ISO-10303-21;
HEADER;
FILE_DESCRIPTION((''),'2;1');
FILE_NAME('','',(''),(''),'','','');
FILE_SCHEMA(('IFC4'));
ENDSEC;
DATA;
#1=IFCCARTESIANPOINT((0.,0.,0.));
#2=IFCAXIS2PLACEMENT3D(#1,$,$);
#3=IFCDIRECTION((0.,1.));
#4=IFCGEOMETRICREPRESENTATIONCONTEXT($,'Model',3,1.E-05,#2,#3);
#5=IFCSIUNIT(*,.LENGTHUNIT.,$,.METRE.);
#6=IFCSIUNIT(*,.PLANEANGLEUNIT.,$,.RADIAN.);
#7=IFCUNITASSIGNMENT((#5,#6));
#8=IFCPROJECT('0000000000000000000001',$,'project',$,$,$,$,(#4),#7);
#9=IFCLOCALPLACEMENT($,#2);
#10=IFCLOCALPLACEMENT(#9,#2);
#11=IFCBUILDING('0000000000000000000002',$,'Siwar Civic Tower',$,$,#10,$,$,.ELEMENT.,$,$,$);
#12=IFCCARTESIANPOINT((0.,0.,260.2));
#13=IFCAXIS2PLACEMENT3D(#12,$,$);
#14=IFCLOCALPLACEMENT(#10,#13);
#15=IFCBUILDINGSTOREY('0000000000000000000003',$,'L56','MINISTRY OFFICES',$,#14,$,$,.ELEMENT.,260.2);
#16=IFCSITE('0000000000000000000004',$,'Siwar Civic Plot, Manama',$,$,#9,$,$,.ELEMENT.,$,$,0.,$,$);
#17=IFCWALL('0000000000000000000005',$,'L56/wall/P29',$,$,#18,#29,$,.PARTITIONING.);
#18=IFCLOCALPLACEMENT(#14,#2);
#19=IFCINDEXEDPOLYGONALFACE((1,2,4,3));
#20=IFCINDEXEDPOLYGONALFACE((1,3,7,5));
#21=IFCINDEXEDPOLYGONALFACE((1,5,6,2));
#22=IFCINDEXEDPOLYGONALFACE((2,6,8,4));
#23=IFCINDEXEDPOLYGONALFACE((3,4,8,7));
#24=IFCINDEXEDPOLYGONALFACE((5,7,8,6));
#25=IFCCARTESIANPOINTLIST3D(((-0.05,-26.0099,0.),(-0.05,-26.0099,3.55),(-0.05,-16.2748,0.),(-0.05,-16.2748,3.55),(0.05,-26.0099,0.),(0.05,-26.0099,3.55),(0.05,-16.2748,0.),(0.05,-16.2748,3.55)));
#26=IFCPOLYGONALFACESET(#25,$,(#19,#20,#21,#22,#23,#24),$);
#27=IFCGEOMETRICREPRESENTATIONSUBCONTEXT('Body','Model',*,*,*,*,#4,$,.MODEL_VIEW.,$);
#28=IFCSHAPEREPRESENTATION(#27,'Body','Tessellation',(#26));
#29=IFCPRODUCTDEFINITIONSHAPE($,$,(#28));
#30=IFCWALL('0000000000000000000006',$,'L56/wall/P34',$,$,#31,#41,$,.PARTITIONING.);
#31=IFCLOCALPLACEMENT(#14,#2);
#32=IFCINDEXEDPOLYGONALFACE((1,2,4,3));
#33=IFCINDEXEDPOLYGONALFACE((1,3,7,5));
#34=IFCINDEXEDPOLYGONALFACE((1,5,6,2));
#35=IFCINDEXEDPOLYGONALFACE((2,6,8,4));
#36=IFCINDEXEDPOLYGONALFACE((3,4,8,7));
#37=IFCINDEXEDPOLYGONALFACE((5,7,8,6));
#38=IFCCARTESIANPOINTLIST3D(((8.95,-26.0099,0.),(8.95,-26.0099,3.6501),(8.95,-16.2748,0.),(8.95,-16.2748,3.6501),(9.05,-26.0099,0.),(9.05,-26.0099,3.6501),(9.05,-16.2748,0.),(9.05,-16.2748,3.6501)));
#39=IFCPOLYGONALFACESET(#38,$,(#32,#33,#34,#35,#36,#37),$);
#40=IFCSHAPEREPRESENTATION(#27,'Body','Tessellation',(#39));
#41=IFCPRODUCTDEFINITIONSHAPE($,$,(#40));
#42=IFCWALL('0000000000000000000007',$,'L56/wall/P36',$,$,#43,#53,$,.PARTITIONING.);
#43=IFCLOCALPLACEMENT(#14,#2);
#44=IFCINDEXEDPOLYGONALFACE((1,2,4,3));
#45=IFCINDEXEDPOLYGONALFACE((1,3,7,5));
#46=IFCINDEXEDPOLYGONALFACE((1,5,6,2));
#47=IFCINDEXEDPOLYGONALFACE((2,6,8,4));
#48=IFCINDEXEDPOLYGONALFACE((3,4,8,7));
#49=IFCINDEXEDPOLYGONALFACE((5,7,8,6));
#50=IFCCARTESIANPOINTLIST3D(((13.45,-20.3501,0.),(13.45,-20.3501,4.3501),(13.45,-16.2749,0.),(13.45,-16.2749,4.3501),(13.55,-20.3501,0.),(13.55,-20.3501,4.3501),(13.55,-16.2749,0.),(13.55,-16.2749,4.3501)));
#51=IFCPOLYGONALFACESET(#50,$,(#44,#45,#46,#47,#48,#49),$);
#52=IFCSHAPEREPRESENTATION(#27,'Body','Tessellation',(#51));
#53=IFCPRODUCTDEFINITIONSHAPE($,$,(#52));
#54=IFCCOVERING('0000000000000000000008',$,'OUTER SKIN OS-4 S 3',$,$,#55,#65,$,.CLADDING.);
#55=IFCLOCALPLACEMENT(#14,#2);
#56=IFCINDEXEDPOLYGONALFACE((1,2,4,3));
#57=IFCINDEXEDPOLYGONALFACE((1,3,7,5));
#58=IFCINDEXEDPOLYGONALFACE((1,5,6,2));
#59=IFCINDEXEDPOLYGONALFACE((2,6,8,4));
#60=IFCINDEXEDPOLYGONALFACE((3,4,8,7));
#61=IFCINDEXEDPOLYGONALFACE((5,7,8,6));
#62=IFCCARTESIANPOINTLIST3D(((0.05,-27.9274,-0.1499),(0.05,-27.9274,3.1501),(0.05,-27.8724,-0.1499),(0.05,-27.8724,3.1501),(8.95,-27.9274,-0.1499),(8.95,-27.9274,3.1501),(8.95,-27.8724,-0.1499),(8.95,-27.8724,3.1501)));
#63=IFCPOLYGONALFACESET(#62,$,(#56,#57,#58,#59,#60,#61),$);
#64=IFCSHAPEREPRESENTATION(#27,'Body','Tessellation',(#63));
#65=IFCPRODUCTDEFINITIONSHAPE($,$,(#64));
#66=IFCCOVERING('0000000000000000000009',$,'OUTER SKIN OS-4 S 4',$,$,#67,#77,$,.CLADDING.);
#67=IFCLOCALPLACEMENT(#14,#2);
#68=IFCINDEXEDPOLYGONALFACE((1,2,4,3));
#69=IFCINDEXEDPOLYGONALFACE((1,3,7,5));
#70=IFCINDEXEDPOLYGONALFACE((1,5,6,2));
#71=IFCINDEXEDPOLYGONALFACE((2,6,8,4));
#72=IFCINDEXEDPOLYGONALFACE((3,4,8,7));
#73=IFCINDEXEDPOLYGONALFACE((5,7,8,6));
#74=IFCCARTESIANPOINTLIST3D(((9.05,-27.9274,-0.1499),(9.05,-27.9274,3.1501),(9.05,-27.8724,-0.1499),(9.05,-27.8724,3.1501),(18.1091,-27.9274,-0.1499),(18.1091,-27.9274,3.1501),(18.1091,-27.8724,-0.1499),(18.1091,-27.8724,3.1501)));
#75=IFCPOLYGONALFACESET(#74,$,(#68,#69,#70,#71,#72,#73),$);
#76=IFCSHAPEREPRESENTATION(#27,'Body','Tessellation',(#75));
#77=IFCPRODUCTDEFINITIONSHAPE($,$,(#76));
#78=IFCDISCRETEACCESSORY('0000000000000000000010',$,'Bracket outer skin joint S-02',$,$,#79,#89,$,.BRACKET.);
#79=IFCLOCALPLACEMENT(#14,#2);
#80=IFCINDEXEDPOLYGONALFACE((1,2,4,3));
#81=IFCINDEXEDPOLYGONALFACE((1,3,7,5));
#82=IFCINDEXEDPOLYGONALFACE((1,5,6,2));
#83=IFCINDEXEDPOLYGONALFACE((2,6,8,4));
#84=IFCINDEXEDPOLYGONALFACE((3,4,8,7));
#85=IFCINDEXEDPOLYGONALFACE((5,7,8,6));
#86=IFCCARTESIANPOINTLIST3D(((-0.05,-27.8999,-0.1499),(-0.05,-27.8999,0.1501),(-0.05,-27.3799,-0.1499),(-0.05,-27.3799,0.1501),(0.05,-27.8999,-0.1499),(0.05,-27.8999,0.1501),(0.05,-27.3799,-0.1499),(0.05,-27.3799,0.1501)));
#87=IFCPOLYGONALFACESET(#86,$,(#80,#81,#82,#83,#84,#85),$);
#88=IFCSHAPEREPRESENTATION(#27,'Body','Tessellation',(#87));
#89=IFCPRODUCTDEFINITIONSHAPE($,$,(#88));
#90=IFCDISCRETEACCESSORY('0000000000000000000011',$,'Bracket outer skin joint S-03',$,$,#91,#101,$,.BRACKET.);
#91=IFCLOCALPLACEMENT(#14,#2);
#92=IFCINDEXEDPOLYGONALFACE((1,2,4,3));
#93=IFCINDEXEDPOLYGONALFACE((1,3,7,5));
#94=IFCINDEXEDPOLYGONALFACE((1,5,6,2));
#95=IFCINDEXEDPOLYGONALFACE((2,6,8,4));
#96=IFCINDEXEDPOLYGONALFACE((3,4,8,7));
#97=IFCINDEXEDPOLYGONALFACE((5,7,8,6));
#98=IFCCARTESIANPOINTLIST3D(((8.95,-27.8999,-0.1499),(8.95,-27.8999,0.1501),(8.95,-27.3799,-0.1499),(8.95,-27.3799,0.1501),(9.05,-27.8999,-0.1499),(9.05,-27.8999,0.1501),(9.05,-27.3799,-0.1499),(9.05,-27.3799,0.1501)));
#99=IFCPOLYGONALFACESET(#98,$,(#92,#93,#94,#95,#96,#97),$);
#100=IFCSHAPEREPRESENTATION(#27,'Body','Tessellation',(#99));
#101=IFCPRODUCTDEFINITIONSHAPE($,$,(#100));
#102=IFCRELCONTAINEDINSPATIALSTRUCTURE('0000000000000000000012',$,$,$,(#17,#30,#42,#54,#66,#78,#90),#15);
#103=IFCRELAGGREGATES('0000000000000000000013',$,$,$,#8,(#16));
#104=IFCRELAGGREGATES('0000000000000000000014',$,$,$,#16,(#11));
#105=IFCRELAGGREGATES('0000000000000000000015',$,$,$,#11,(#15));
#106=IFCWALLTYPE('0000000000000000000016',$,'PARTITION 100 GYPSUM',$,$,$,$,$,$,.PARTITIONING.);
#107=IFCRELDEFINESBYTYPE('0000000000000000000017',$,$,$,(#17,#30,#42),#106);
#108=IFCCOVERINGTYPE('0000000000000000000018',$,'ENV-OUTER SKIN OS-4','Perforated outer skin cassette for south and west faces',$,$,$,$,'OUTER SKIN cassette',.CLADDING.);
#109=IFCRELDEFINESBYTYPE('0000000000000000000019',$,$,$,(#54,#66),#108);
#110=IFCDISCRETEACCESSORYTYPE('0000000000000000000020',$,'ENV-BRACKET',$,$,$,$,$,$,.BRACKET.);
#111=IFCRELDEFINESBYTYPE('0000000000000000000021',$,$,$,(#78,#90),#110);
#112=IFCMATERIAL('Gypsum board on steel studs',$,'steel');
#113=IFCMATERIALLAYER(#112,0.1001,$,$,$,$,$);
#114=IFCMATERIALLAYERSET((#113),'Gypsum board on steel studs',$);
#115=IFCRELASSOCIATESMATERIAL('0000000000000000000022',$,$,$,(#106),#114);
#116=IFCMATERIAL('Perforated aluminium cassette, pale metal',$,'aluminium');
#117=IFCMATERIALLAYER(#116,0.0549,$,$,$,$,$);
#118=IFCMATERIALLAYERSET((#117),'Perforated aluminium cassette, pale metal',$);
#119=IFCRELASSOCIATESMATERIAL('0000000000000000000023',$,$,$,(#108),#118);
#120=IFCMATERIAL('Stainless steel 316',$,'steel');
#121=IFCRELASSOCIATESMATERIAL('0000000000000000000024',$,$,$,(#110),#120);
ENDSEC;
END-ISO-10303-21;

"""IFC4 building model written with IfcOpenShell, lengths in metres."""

from ifc_helpers import new_model, si_unit, direction, frame, frame_2d, origin, origin_2d, place, context, subcontext, project, spatial, rectangle, extrude, material, layer, layer_set, type_object, element, save


model = new_model("IFC4")

# Units and contexts
model_context = context("Model", 3, precision=1e-05, world=origin(), true_north=direction((0.0, 1.0)))
body_context = subcontext(model_context, "Body", "Model", "MODEL_VIEW")
ifc_project = project(units=[si_unit("LENGTHUNIT", "METRE"), si_unit("PLANEANGLEUNIT", "RADIAN")], contexts=[model_context])

# Site, building, storey
site_placement = place(None, origin())
site = spatial("IfcSite", under=ifc_project, at=site_placement, Name="Siwar Civic Plot, Manama", CompositionType="ELEMENT", RefElevation=0.0)
building_placement = place(site_placement, origin())
building = spatial("IfcBuilding", under=site, at=building_placement, Name="Siwar Civic Tower", CompositionType="ELEMENT")
storey_placement = place(building_placement, frame((0.0, 0.0, 260.2)))
storey = spatial("IfcBuildingStorey", under=building, at=storey_placement, Name="L56", Description="MINISTRY OFFICES", CompositionType="ELEMENT", Elevation=260.2)

# Shared definitions
ifc_material_1 = material(Name="Gypsum board on steel studs", Category="steel")
ifc_layer_1 = layer(ifc_material_1, 0.1001)
ifc_layer_set_1 = layer_set([ifc_layer_1], Name="Gypsum board on steel studs")
wall_type_1 = type_object("IfcWallType", Name="PARTITION 100 GYPSUM", PredefinedType="PARTITIONING", material=ifc_layer_set_1)

# Walls
wall_1_placement = place(storey_placement, frame((0.0, -26.01, 0.0), z_axis=(0.0, 0.0, 1.0), x_axis=(0.0, 1.0, 0.0)))
element("IfcWall", 1, at=wall_1_placement, inside=storey, type_object=wall_type_1, Name="L56/wall/P29", PredefinedType="PARTITIONING", context=body_context, shape_type="SweptSolid", body=[
    extrude(rectangle(XDim=9.7351, YDim=0.1001, at=frame_2d((4.8677, 0.0))), origin(), (0.0, 0.0, 1.0), 3.55),
])
wall_2_placement = place(storey_placement, frame((9.0, -26.01, 0.0), z_axis=(0.0, 0.0, 1.0), x_axis=(0.0, 1.0, 0.0)))
element("IfcWall", 2, at=wall_2_placement, inside=storey, type_object=wall_type_1, Name="L56/wall/P34", PredefinedType="PARTITIONING", context=body_context, shape_type="SweptSolid", body=[
    extrude(rectangle(XDim=9.7351, YDim=0.1001, at=frame_2d((4.8677, 0.0))), origin(), (0.0, 0.0, 1.0), 3.6501),
])
wall_3_placement = place(storey_placement, frame((13.5, -20.3501, 0.0), z_axis=(0.0, 0.0, 1.0), x_axis=(0.0, 1.0, 0.0)))
element("IfcWall", 3, at=wall_3_placement, inside=storey, type_object=wall_type_1, Name="L56/wall/P36", PredefinedType="PARTITIONING", context=body_context, shape_type="SweptSolid", body=[
    extrude(rectangle(XDim=4.0752, YDim=0.1001, at=frame_2d((2.0376, 0.0))), origin(), (0.0, 0.0, 1.0), 4.3501),
])

# Coverings
ifc_material_2 = material(Name="Perforated aluminium cassette, pale metal", Category="aluminium")
ifc_layer_2 = layer(ifc_material_2, 0.0549)
ifc_layer_set_2 = layer_set([ifc_layer_2], Name="Perforated aluminium cassette, pale metal")
covering_type = type_object("IfcCoveringType", Name="ENV-OUTER SKIN OS-4", Description="Perforated outer skin cassette for south and west faces", ElementType="OUTER SKIN cassette", PredefinedType="CLADDING", material=ifc_layer_set_2)
covering_1_placement = place(storey_placement, frame((4.5, -27.8999, -0.1499), z_axis=(0.0, 0.0, 1.0), x_axis=(1.0, 0.0, 0.0)))
element("IfcCovering", 4, at=covering_1_placement, inside=storey, type_object=covering_type, Name="OUTER SKIN OS-4 S 3", PredefinedType="CLADDING", context=body_context, shape_type="SweptSolid", body=[
    extrude(rectangle(XDim=8.8999, YDim=0.0549, at=origin_2d()), origin(), (0.0, 0.0, 1.0), 3.3),
])
covering_2_placement = place(storey_placement, frame((13.5796, -27.8999, -0.1499), z_axis=(0.0, 0.0, 1.0), x_axis=(1.0, 0.0, 0.0)))
element("IfcCovering", 5, at=covering_2_placement, inside=storey, type_object=covering_type, Name="OUTER SKIN OS-4 S 4", PredefinedType="CLADDING", context=body_context, shape_type="SweptSolid", body=[
    extrude(rectangle(XDim=9.0591, YDim=0.0549, at=origin_2d()), origin(), (0.0, 0.0, 1.0), 3.3),
])

# Discrete accessories
ifc_material_3 = material(Name="Stainless steel 316", Category="steel")
discrete_accessory_type = type_object("IfcDiscreteAccessoryType", Name="ENV-BRACKET", PredefinedType="BRACKET", material=ifc_material_3)
for number, where, z_axis, x_axis, name in (
    (6, (0.0, -27.6399, -0.1499), (0.0, 0.0, 1.0), (0.0, -1.0, 0.0), "Bracket outer skin joint S-02"),
    (7, (9.0, -27.6399, -0.1499), (0.0, 0.0, 1.0), (0.0, -1.0, 0.0), "Bracket outer skin joint S-03"),
):
    element("IfcDiscreteAccessory", number, at=place(storey_placement, frame(where, z_axis=z_axis, x_axis=x_axis)), inside=storey, type_object=discrete_accessory_type, Name=name, PredefinedType="BRACKET", context=body_context, shape_type="SweptSolid", body=[
        extrude(rectangle(XDim=0.52, YDim=0.1001, at=origin_2d()), origin(), (0.0, 0.0, 1.0), 0.3),
    ])

save(model, "model.ifc")
